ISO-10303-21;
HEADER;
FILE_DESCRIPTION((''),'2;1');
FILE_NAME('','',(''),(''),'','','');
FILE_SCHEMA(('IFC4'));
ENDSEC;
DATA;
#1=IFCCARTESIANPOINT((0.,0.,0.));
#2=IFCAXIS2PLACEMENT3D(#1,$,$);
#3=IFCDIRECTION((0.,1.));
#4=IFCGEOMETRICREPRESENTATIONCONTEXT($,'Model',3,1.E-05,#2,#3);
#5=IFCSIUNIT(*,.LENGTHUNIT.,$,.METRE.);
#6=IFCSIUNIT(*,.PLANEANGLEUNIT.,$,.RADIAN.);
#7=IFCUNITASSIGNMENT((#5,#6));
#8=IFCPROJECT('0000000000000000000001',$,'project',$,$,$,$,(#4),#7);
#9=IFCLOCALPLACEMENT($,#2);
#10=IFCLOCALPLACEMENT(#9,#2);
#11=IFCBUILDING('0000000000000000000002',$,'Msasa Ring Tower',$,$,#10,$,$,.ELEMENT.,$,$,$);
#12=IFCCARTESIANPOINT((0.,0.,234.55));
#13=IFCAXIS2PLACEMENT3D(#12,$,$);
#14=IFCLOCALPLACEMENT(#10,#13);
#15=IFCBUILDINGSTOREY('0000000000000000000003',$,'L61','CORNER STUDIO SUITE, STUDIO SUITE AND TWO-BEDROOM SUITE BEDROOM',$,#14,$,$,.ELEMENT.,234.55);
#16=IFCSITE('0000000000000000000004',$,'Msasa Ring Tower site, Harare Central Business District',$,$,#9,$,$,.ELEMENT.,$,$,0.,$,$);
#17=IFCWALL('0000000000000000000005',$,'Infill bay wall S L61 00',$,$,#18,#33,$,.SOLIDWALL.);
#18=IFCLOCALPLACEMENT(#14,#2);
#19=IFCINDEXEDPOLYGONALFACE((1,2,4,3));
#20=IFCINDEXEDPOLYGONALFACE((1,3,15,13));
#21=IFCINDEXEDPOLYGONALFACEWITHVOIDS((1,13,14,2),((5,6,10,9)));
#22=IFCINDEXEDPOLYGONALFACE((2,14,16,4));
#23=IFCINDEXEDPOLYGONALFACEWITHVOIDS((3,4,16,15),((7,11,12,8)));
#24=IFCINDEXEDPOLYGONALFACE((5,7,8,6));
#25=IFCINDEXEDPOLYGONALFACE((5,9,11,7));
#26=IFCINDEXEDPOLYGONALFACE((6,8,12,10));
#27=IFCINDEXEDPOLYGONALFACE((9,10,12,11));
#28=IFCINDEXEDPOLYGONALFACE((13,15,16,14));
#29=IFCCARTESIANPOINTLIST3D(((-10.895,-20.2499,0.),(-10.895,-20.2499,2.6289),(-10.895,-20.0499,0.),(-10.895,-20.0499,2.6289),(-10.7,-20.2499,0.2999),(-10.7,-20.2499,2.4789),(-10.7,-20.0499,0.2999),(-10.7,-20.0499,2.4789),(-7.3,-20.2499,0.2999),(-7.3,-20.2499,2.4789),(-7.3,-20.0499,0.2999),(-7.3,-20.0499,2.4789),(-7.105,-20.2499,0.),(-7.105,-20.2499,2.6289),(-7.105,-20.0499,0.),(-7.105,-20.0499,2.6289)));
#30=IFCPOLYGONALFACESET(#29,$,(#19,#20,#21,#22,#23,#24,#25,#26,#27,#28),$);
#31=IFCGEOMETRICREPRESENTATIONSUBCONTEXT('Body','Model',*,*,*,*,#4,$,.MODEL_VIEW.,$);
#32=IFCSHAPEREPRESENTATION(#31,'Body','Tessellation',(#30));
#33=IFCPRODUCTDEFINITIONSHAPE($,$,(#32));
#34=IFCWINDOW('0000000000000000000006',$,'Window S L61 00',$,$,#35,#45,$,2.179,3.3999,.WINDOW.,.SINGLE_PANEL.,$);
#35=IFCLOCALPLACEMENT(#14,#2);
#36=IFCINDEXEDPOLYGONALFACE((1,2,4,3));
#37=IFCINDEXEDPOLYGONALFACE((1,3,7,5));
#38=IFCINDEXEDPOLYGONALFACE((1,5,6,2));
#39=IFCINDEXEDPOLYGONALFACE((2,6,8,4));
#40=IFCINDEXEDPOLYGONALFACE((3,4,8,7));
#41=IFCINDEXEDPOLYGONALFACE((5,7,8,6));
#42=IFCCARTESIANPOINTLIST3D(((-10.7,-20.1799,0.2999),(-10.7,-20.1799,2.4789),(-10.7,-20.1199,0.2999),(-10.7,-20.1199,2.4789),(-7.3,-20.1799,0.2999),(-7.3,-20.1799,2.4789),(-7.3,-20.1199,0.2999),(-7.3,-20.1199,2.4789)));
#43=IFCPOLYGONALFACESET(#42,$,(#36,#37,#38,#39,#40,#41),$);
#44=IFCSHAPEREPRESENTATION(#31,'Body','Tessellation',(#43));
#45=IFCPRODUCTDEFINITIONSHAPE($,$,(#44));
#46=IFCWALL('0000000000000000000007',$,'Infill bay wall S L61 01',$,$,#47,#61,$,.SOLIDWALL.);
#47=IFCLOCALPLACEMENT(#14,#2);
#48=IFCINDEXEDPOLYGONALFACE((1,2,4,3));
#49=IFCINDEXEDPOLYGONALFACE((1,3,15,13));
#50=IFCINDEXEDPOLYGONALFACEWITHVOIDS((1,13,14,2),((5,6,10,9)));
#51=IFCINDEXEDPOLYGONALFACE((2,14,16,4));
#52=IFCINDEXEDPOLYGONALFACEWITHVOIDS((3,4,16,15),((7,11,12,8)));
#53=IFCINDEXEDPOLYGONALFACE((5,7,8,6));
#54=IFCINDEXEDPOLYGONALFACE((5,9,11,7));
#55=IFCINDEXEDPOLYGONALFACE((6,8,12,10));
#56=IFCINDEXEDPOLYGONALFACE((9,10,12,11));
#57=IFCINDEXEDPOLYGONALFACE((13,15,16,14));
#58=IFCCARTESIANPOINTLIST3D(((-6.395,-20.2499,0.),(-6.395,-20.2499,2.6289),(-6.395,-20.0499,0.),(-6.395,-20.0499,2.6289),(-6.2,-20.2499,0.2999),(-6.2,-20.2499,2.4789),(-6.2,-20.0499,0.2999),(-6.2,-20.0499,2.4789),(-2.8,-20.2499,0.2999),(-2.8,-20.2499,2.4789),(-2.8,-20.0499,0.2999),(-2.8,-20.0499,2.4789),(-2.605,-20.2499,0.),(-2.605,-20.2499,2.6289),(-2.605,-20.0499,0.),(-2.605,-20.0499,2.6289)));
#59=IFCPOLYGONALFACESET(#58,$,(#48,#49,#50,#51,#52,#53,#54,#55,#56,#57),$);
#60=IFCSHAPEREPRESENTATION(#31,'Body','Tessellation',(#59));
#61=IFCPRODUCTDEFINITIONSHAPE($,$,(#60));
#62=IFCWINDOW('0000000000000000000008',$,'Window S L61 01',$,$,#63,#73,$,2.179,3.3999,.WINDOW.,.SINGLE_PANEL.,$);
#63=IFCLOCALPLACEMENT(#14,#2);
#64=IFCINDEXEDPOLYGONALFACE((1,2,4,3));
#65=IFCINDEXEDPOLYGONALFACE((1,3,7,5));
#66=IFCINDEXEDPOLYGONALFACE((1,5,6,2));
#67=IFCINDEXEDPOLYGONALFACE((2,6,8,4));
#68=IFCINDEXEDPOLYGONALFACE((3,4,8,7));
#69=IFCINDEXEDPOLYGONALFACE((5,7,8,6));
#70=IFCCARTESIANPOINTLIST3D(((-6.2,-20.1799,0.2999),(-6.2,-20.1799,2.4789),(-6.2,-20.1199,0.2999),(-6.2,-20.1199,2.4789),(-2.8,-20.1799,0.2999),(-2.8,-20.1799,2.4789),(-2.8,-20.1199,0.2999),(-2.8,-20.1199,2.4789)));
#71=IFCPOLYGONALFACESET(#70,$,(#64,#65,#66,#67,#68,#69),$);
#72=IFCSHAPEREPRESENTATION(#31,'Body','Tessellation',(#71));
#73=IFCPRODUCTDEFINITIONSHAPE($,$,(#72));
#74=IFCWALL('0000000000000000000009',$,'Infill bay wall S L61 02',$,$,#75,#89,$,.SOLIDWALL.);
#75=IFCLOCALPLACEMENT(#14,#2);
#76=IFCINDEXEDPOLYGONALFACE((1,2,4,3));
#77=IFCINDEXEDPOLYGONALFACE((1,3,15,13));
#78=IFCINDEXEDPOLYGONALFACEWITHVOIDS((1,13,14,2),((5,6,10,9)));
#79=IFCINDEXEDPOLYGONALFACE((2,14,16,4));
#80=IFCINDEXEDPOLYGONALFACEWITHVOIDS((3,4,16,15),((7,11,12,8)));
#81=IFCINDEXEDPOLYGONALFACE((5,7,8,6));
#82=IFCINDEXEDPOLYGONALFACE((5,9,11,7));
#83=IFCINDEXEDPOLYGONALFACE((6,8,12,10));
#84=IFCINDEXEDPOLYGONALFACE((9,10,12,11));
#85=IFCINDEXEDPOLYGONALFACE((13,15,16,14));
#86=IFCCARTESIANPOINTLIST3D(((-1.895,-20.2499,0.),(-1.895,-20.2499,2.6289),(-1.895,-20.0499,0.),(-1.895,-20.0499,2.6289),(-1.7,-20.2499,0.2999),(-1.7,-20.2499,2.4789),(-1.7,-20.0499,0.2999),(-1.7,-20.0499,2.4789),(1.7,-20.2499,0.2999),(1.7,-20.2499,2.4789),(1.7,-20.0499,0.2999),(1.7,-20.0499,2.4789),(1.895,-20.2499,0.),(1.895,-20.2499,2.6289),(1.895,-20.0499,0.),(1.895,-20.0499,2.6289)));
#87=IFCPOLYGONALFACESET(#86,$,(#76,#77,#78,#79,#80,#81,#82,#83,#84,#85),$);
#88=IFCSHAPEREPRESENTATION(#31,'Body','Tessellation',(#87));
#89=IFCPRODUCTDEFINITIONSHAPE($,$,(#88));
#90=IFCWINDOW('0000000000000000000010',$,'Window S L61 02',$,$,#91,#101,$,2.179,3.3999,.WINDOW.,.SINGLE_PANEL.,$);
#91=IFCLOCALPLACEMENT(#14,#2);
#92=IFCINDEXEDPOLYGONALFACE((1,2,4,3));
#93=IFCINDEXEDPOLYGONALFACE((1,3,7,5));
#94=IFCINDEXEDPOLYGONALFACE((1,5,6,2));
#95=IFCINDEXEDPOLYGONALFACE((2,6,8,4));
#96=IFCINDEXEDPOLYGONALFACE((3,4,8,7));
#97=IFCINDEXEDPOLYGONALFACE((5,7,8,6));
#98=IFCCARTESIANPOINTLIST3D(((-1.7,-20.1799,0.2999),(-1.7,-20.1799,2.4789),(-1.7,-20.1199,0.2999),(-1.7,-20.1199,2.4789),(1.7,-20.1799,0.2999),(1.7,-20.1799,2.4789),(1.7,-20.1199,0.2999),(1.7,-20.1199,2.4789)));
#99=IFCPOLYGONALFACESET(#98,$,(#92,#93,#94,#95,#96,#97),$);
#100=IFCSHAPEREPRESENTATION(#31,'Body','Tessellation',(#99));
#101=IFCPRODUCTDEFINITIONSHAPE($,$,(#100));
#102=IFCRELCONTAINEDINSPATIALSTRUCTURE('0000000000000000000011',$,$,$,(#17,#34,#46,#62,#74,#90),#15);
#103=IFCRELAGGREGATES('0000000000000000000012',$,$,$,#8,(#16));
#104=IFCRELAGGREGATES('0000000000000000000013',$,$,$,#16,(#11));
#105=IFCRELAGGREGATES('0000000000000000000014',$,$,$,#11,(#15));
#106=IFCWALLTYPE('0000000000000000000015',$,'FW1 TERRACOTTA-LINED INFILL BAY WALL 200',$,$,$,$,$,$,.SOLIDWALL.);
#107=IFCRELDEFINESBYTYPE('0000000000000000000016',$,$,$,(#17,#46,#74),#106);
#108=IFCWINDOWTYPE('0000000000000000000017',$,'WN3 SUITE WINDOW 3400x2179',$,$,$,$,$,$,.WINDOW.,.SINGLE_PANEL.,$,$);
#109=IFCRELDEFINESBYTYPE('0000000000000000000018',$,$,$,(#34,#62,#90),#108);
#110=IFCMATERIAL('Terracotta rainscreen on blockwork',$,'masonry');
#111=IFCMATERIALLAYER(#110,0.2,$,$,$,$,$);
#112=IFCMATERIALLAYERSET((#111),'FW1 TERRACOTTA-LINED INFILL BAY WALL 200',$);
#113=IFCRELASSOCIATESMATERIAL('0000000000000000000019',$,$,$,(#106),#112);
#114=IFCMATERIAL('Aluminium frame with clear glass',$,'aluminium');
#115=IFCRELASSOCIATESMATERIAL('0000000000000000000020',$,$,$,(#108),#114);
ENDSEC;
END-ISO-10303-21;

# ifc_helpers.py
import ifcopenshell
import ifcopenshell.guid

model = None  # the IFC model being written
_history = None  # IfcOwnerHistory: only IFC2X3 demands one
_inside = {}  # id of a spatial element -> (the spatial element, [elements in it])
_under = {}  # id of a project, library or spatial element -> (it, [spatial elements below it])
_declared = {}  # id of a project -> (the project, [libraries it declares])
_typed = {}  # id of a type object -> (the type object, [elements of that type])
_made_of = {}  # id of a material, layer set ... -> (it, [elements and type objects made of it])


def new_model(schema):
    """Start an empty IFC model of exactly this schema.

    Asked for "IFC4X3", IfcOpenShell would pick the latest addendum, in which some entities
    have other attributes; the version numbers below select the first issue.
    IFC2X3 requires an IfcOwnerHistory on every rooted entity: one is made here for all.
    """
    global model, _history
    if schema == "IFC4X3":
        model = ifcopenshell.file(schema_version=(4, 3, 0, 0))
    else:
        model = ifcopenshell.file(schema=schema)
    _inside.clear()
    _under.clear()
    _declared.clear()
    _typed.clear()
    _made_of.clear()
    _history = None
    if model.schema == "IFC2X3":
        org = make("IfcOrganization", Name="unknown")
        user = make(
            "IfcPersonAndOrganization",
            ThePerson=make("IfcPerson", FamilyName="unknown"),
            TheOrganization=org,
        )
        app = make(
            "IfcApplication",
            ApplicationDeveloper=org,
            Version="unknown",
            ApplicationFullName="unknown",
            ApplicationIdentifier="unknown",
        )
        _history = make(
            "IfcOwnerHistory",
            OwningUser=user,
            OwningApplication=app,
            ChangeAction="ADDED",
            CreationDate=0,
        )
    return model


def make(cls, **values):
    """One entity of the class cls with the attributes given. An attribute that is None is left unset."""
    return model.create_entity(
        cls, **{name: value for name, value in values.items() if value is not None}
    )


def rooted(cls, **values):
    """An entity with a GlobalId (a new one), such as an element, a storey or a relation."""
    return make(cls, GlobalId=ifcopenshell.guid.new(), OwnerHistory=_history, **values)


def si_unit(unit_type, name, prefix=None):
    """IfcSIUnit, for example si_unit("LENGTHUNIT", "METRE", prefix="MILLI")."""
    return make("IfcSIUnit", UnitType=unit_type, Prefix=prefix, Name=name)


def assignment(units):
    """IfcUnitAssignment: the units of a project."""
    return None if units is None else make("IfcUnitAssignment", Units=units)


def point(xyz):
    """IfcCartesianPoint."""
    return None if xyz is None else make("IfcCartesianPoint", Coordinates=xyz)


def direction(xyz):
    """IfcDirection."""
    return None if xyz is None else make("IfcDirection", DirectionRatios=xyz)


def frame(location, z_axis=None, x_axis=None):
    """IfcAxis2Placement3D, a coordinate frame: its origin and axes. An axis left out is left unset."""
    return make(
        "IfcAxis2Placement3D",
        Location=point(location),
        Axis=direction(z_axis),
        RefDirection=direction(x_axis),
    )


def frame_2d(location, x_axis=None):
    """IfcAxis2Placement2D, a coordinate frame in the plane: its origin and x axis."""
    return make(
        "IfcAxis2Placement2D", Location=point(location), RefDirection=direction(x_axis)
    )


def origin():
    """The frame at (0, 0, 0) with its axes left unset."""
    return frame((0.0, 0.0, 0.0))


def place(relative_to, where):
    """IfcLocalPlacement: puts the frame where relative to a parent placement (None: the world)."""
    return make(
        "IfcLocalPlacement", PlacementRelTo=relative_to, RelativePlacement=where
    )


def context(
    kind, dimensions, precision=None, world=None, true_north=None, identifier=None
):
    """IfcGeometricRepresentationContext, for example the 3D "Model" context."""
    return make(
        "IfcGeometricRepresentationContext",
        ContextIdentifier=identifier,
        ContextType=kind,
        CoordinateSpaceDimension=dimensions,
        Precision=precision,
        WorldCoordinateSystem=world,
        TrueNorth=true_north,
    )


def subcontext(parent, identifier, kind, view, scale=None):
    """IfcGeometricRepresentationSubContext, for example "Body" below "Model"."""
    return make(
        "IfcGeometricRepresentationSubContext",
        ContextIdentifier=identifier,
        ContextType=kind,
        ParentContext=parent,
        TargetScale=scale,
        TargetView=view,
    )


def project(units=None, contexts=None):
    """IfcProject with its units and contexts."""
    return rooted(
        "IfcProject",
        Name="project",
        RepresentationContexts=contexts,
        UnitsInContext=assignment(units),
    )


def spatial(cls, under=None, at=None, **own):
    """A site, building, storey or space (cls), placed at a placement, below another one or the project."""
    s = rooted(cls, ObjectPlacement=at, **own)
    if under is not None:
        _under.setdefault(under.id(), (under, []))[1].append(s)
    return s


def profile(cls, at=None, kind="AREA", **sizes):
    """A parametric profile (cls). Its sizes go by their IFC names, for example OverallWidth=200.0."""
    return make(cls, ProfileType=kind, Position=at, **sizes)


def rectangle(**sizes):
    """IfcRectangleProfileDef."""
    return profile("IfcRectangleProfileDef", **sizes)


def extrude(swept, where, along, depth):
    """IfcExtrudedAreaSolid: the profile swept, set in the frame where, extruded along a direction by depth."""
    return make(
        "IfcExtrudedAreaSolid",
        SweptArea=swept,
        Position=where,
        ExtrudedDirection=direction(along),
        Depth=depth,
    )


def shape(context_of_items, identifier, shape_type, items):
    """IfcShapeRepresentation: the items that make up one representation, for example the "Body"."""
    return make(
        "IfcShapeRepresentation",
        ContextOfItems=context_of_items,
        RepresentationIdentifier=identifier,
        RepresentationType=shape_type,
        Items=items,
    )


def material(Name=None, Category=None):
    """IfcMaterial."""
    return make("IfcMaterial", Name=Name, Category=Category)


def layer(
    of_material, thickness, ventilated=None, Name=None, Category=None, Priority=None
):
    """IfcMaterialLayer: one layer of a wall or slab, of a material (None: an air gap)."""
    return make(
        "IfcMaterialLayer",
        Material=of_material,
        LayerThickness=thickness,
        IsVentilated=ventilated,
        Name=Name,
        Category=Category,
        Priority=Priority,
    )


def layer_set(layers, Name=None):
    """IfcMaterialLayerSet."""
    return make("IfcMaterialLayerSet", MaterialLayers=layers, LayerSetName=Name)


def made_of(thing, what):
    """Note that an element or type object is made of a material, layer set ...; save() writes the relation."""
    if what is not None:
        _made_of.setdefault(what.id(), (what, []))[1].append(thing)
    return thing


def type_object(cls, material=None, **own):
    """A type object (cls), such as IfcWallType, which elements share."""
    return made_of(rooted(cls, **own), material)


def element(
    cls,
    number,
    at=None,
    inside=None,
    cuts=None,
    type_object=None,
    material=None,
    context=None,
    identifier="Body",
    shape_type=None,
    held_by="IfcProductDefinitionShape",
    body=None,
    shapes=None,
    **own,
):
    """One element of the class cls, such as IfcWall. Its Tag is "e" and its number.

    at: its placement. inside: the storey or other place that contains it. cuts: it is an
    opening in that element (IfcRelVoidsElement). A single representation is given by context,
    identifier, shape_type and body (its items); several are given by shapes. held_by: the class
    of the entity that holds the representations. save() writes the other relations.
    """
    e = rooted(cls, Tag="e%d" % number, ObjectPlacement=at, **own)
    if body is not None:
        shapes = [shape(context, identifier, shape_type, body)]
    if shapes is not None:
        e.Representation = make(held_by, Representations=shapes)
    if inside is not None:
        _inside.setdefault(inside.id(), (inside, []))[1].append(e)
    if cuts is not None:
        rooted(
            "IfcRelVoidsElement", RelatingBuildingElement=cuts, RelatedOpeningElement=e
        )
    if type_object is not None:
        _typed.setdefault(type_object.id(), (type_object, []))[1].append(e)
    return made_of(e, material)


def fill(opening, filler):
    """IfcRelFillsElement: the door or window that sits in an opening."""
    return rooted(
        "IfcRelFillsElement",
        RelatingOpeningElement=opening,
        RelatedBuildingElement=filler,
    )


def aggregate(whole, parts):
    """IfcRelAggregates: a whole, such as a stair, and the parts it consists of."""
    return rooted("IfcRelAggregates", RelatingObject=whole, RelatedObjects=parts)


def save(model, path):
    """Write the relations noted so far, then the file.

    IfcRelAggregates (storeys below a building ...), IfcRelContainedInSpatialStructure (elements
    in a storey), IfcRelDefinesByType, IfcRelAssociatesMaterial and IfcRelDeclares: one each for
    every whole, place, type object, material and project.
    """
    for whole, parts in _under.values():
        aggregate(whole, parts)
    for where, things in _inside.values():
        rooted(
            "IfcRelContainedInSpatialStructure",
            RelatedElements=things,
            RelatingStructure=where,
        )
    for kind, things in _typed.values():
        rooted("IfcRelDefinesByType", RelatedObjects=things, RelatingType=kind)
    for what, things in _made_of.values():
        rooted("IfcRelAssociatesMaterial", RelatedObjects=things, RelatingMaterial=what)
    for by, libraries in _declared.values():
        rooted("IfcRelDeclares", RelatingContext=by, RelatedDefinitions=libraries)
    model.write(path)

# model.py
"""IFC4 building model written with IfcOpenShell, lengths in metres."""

from ifc_helpers import new_model, si_unit, direction, frame, frame_2d, origin, place, context, subcontext, project, spatial, rectangle, extrude, material, layer, layer_set, type_object, element, fill, save


model = new_model("IFC4")

# Units and contexts
model_context = context("Model", 3, precision=1e-05, world=origin(), true_north=direction((0.0, 1.0)))
body_context = subcontext(model_context, "Body", "Model", "MODEL_VIEW")
ifc_project = project(units=[si_unit("LENGTHUNIT", "METRE"), si_unit("PLANEANGLEUNIT", "RADIAN")], contexts=[model_context])

# Site, building, storey
site_placement = place(None, origin())
site = spatial("IfcSite", under=ifc_project, at=site_placement, Name="Msasa Ring Tower site, Harare Central Business District", CompositionType="ELEMENT", RefElevation=0.0)
building_placement = place(site_placement, origin())
building = spatial("IfcBuilding", under=site, at=building_placement, Name="Msasa Ring Tower", CompositionType="ELEMENT")
storey_placement = place(building_placement, frame((0.0, 0.0, 234.55)))
storey = spatial("IfcBuildingStorey", under=building, at=storey_placement, Name="L61", Description="CORNER STUDIO SUITE, STUDIO SUITE AND TWO-BEDROOM SUITE BEDROOM", CompositionType="ELEMENT", Elevation=234.55)

# Walls, openings, windows
ifc_material_1 = material(Name="Terracotta rainscreen on blockwork", Category="masonry")
ifc_layer_1 = layer(ifc_material_1, 0.2)
ifc_layer_set_1 = layer_set([ifc_layer_1], Name="FW1 TERRACOTTA-LINED INFILL BAY WALL 200")
wall_type_1 = type_object("IfcWallType", Name="FW1 TERRACOTTA-LINED INFILL BAY WALL 200", PredefinedType="SOLIDWALL", material=ifc_layer_set_1)
wall_1_placement = place(storey_placement, frame((-10.895, -20.1499, 0.0), z_axis=(0.0, 0.0, 1.0), x_axis=(1.0, 0.0, 0.0)))
wall_1 = element("IfcWall", 1, at=wall_1_placement, inside=storey, type_object=wall_type_1, Name="Infill bay wall S L61 00", PredefinedType="SOLIDWALL", context=body_context, shape_type="SweptSolid", body=[
    extrude(rectangle(XDim=3.79, YDim=0.2, at=frame_2d((1.895, 0.0))), origin(), (0.0, 0.0, 1.0), 2.6289),
])
opening_1_placement = place(wall_1_placement, frame((0.1951, 0.0, 0.3)))
opening_1 = element("IfcOpeningElement", 2, at=opening_1_placement, cuts=wall_1, PredefinedType="OPENING", context=body_context, shape_type="SweptSolid", body=[
    extrude(rectangle(XDim=3.3999, YDim=2.179, at=frame_2d((1.7, 1.0894))), frame((0.0, 0.1099, 0.0), z_axis=(0.0, -1.0, 0.0), x_axis=(1.0, 0.0, 0.0)), (0.0, 0.0, 1.0), 0.22),
])
ifc_material_2 = material(Name="Aluminium frame with clear glass", Category="aluminium")
window_type = type_object("IfcWindowType", Name="WN3 SUITE WINDOW 3400x2179", PartitioningType="SINGLE_PANEL", PredefinedType="WINDOW", material=ifc_material_2)
window_1_placement = place(opening_1_placement, origin())
window_1 = element("IfcWindow", 3, at=window_1_placement, inside=storey, type_object=window_type, Name="Window S L61 00", OverallHeight=2.179, OverallWidth=3.3999, PartitioningType="SINGLE_PANEL", PredefinedType="WINDOW", context=body_context, shape_type="SweptSolid", body=[
    extrude(rectangle(XDim=3.3999, YDim=2.179, at=frame_2d((1.7, 1.0894))), frame((0.0, 0.03, 0.0), z_axis=(0.0, -1.0, 0.0), x_axis=(1.0, 0.0, 0.0)), (0.0, 0.0, 1.0), 0.0601),
])
fill(opening_1, window_1)
wall_2_placement = place(storey_placement, frame((-6.395, -20.1499, 0.0), z_axis=(0.0, 0.0, 1.0), x_axis=(1.0, 0.0, 0.0)))
wall_2 = element("IfcWall", 4, at=wall_2_placement, inside=storey, type_object=wall_type_1, Name="Infill bay wall S L61 01", PredefinedType="SOLIDWALL", context=body_context, shape_type="SweptSolid", body=[
    extrude(rectangle(XDim=3.79, YDim=0.2, at=frame_2d((1.895, 0.0))), origin(), (0.0, 0.0, 1.0), 2.6289),
])
opening_2_placement = place(wall_2_placement, frame((0.1951, 0.0, 0.3)))
opening_2 = element("IfcOpeningElement", 5, at=opening_2_placement, cuts=wall_2, PredefinedType="OPENING", context=body_context, shape_type="SweptSolid", body=[
    extrude(rectangle(XDim=3.3999, YDim=2.179, at=frame_2d((1.7, 1.0894))), frame((0.0, 0.1099, 0.0), z_axis=(0.0, -1.0, 0.0), x_axis=(1.0, 0.0, 0.0)), (0.0, 0.0, 1.0), 0.22),
])
window_2_placement = place(opening_2_placement, origin())
window_2 = element("IfcWindow", 6, at=window_2_placement, inside=storey, type_object=window_type, Name="Window S L61 01", OverallHeight=2.179, OverallWidth=3.3999, PartitioningType="SINGLE_PANEL", PredefinedType="WINDOW", context=body_context, shape_type="SweptSolid", body=[
    extrude(rectangle(XDim=3.3999, YDim=2.179, at=frame_2d((1.7, 1.0894))), frame((0.0, 0.03, 0.0), z_axis=(0.0, -1.0, 0.0), x_axis=(1.0, 0.0, 0.0)), (0.0, 0.0, 1.0), 0.0601),
])
fill(opening_2, window_2)
wall_3_placement = place(storey_placement, frame((-1.895, -20.1499, 0.0), z_axis=(0.0, 0.0, 1.0), x_axis=(1.0, 0.0, 0.0)))
wall_3 = element("IfcWall", 7, at=wall_3_placement, inside=storey, type_object=wall_type_1, Name="Infill bay wall S L61 02", PredefinedType="SOLIDWALL", context=body_context, shape_type="SweptSolid", body=[
    extrude(rectangle(XDim=3.79, YDim=0.2, at=frame_2d((1.895, 0.0))), origin(), (0.0, 0.0, 1.0), 2.6289),
])
opening_3_placement = place(wall_3_placement, frame((0.1951, 0.0, 0.3)))
opening_3 = element("IfcOpeningElement", 8, at=opening_3_placement, cuts=wall_3, PredefinedType="OPENING", context=body_context, shape_type="SweptSolid", body=[
    extrude(rectangle(XDim=3.3999, YDim=2.179, at=frame_2d((1.7, 1.0894))), frame((0.0, 0.1099, 0.0), z_axis=(0.0, -1.0, 0.0), x_axis=(1.0, 0.0, 0.0)), (0.0, 0.0, 1.0), 0.22),
])
window_3_placement = place(opening_3_placement, origin())
window_3 = element("IfcWindow", 9, at=window_3_placement, inside=storey, type_object=window_type, Name="Window S L61 02", OverallHeight=2.179, OverallWidth=3.3999, PartitioningType="SINGLE_PANEL", PredefinedType="WINDOW", context=body_context, shape_type="SweptSolid", body=[
    extrude(rectangle(XDim=3.3999, YDim=2.179, at=frame_2d((1.7, 1.0894))), frame((0.0, 0.03, 0.0), z_axis=(0.0, -1.0, 0.0), x_axis=(1.0, 0.0, 0.0)), (0.0, 0.0, 1.0), 0.0601),
])
fill(opening_3, window_3)

save(model, "model.ifc")
